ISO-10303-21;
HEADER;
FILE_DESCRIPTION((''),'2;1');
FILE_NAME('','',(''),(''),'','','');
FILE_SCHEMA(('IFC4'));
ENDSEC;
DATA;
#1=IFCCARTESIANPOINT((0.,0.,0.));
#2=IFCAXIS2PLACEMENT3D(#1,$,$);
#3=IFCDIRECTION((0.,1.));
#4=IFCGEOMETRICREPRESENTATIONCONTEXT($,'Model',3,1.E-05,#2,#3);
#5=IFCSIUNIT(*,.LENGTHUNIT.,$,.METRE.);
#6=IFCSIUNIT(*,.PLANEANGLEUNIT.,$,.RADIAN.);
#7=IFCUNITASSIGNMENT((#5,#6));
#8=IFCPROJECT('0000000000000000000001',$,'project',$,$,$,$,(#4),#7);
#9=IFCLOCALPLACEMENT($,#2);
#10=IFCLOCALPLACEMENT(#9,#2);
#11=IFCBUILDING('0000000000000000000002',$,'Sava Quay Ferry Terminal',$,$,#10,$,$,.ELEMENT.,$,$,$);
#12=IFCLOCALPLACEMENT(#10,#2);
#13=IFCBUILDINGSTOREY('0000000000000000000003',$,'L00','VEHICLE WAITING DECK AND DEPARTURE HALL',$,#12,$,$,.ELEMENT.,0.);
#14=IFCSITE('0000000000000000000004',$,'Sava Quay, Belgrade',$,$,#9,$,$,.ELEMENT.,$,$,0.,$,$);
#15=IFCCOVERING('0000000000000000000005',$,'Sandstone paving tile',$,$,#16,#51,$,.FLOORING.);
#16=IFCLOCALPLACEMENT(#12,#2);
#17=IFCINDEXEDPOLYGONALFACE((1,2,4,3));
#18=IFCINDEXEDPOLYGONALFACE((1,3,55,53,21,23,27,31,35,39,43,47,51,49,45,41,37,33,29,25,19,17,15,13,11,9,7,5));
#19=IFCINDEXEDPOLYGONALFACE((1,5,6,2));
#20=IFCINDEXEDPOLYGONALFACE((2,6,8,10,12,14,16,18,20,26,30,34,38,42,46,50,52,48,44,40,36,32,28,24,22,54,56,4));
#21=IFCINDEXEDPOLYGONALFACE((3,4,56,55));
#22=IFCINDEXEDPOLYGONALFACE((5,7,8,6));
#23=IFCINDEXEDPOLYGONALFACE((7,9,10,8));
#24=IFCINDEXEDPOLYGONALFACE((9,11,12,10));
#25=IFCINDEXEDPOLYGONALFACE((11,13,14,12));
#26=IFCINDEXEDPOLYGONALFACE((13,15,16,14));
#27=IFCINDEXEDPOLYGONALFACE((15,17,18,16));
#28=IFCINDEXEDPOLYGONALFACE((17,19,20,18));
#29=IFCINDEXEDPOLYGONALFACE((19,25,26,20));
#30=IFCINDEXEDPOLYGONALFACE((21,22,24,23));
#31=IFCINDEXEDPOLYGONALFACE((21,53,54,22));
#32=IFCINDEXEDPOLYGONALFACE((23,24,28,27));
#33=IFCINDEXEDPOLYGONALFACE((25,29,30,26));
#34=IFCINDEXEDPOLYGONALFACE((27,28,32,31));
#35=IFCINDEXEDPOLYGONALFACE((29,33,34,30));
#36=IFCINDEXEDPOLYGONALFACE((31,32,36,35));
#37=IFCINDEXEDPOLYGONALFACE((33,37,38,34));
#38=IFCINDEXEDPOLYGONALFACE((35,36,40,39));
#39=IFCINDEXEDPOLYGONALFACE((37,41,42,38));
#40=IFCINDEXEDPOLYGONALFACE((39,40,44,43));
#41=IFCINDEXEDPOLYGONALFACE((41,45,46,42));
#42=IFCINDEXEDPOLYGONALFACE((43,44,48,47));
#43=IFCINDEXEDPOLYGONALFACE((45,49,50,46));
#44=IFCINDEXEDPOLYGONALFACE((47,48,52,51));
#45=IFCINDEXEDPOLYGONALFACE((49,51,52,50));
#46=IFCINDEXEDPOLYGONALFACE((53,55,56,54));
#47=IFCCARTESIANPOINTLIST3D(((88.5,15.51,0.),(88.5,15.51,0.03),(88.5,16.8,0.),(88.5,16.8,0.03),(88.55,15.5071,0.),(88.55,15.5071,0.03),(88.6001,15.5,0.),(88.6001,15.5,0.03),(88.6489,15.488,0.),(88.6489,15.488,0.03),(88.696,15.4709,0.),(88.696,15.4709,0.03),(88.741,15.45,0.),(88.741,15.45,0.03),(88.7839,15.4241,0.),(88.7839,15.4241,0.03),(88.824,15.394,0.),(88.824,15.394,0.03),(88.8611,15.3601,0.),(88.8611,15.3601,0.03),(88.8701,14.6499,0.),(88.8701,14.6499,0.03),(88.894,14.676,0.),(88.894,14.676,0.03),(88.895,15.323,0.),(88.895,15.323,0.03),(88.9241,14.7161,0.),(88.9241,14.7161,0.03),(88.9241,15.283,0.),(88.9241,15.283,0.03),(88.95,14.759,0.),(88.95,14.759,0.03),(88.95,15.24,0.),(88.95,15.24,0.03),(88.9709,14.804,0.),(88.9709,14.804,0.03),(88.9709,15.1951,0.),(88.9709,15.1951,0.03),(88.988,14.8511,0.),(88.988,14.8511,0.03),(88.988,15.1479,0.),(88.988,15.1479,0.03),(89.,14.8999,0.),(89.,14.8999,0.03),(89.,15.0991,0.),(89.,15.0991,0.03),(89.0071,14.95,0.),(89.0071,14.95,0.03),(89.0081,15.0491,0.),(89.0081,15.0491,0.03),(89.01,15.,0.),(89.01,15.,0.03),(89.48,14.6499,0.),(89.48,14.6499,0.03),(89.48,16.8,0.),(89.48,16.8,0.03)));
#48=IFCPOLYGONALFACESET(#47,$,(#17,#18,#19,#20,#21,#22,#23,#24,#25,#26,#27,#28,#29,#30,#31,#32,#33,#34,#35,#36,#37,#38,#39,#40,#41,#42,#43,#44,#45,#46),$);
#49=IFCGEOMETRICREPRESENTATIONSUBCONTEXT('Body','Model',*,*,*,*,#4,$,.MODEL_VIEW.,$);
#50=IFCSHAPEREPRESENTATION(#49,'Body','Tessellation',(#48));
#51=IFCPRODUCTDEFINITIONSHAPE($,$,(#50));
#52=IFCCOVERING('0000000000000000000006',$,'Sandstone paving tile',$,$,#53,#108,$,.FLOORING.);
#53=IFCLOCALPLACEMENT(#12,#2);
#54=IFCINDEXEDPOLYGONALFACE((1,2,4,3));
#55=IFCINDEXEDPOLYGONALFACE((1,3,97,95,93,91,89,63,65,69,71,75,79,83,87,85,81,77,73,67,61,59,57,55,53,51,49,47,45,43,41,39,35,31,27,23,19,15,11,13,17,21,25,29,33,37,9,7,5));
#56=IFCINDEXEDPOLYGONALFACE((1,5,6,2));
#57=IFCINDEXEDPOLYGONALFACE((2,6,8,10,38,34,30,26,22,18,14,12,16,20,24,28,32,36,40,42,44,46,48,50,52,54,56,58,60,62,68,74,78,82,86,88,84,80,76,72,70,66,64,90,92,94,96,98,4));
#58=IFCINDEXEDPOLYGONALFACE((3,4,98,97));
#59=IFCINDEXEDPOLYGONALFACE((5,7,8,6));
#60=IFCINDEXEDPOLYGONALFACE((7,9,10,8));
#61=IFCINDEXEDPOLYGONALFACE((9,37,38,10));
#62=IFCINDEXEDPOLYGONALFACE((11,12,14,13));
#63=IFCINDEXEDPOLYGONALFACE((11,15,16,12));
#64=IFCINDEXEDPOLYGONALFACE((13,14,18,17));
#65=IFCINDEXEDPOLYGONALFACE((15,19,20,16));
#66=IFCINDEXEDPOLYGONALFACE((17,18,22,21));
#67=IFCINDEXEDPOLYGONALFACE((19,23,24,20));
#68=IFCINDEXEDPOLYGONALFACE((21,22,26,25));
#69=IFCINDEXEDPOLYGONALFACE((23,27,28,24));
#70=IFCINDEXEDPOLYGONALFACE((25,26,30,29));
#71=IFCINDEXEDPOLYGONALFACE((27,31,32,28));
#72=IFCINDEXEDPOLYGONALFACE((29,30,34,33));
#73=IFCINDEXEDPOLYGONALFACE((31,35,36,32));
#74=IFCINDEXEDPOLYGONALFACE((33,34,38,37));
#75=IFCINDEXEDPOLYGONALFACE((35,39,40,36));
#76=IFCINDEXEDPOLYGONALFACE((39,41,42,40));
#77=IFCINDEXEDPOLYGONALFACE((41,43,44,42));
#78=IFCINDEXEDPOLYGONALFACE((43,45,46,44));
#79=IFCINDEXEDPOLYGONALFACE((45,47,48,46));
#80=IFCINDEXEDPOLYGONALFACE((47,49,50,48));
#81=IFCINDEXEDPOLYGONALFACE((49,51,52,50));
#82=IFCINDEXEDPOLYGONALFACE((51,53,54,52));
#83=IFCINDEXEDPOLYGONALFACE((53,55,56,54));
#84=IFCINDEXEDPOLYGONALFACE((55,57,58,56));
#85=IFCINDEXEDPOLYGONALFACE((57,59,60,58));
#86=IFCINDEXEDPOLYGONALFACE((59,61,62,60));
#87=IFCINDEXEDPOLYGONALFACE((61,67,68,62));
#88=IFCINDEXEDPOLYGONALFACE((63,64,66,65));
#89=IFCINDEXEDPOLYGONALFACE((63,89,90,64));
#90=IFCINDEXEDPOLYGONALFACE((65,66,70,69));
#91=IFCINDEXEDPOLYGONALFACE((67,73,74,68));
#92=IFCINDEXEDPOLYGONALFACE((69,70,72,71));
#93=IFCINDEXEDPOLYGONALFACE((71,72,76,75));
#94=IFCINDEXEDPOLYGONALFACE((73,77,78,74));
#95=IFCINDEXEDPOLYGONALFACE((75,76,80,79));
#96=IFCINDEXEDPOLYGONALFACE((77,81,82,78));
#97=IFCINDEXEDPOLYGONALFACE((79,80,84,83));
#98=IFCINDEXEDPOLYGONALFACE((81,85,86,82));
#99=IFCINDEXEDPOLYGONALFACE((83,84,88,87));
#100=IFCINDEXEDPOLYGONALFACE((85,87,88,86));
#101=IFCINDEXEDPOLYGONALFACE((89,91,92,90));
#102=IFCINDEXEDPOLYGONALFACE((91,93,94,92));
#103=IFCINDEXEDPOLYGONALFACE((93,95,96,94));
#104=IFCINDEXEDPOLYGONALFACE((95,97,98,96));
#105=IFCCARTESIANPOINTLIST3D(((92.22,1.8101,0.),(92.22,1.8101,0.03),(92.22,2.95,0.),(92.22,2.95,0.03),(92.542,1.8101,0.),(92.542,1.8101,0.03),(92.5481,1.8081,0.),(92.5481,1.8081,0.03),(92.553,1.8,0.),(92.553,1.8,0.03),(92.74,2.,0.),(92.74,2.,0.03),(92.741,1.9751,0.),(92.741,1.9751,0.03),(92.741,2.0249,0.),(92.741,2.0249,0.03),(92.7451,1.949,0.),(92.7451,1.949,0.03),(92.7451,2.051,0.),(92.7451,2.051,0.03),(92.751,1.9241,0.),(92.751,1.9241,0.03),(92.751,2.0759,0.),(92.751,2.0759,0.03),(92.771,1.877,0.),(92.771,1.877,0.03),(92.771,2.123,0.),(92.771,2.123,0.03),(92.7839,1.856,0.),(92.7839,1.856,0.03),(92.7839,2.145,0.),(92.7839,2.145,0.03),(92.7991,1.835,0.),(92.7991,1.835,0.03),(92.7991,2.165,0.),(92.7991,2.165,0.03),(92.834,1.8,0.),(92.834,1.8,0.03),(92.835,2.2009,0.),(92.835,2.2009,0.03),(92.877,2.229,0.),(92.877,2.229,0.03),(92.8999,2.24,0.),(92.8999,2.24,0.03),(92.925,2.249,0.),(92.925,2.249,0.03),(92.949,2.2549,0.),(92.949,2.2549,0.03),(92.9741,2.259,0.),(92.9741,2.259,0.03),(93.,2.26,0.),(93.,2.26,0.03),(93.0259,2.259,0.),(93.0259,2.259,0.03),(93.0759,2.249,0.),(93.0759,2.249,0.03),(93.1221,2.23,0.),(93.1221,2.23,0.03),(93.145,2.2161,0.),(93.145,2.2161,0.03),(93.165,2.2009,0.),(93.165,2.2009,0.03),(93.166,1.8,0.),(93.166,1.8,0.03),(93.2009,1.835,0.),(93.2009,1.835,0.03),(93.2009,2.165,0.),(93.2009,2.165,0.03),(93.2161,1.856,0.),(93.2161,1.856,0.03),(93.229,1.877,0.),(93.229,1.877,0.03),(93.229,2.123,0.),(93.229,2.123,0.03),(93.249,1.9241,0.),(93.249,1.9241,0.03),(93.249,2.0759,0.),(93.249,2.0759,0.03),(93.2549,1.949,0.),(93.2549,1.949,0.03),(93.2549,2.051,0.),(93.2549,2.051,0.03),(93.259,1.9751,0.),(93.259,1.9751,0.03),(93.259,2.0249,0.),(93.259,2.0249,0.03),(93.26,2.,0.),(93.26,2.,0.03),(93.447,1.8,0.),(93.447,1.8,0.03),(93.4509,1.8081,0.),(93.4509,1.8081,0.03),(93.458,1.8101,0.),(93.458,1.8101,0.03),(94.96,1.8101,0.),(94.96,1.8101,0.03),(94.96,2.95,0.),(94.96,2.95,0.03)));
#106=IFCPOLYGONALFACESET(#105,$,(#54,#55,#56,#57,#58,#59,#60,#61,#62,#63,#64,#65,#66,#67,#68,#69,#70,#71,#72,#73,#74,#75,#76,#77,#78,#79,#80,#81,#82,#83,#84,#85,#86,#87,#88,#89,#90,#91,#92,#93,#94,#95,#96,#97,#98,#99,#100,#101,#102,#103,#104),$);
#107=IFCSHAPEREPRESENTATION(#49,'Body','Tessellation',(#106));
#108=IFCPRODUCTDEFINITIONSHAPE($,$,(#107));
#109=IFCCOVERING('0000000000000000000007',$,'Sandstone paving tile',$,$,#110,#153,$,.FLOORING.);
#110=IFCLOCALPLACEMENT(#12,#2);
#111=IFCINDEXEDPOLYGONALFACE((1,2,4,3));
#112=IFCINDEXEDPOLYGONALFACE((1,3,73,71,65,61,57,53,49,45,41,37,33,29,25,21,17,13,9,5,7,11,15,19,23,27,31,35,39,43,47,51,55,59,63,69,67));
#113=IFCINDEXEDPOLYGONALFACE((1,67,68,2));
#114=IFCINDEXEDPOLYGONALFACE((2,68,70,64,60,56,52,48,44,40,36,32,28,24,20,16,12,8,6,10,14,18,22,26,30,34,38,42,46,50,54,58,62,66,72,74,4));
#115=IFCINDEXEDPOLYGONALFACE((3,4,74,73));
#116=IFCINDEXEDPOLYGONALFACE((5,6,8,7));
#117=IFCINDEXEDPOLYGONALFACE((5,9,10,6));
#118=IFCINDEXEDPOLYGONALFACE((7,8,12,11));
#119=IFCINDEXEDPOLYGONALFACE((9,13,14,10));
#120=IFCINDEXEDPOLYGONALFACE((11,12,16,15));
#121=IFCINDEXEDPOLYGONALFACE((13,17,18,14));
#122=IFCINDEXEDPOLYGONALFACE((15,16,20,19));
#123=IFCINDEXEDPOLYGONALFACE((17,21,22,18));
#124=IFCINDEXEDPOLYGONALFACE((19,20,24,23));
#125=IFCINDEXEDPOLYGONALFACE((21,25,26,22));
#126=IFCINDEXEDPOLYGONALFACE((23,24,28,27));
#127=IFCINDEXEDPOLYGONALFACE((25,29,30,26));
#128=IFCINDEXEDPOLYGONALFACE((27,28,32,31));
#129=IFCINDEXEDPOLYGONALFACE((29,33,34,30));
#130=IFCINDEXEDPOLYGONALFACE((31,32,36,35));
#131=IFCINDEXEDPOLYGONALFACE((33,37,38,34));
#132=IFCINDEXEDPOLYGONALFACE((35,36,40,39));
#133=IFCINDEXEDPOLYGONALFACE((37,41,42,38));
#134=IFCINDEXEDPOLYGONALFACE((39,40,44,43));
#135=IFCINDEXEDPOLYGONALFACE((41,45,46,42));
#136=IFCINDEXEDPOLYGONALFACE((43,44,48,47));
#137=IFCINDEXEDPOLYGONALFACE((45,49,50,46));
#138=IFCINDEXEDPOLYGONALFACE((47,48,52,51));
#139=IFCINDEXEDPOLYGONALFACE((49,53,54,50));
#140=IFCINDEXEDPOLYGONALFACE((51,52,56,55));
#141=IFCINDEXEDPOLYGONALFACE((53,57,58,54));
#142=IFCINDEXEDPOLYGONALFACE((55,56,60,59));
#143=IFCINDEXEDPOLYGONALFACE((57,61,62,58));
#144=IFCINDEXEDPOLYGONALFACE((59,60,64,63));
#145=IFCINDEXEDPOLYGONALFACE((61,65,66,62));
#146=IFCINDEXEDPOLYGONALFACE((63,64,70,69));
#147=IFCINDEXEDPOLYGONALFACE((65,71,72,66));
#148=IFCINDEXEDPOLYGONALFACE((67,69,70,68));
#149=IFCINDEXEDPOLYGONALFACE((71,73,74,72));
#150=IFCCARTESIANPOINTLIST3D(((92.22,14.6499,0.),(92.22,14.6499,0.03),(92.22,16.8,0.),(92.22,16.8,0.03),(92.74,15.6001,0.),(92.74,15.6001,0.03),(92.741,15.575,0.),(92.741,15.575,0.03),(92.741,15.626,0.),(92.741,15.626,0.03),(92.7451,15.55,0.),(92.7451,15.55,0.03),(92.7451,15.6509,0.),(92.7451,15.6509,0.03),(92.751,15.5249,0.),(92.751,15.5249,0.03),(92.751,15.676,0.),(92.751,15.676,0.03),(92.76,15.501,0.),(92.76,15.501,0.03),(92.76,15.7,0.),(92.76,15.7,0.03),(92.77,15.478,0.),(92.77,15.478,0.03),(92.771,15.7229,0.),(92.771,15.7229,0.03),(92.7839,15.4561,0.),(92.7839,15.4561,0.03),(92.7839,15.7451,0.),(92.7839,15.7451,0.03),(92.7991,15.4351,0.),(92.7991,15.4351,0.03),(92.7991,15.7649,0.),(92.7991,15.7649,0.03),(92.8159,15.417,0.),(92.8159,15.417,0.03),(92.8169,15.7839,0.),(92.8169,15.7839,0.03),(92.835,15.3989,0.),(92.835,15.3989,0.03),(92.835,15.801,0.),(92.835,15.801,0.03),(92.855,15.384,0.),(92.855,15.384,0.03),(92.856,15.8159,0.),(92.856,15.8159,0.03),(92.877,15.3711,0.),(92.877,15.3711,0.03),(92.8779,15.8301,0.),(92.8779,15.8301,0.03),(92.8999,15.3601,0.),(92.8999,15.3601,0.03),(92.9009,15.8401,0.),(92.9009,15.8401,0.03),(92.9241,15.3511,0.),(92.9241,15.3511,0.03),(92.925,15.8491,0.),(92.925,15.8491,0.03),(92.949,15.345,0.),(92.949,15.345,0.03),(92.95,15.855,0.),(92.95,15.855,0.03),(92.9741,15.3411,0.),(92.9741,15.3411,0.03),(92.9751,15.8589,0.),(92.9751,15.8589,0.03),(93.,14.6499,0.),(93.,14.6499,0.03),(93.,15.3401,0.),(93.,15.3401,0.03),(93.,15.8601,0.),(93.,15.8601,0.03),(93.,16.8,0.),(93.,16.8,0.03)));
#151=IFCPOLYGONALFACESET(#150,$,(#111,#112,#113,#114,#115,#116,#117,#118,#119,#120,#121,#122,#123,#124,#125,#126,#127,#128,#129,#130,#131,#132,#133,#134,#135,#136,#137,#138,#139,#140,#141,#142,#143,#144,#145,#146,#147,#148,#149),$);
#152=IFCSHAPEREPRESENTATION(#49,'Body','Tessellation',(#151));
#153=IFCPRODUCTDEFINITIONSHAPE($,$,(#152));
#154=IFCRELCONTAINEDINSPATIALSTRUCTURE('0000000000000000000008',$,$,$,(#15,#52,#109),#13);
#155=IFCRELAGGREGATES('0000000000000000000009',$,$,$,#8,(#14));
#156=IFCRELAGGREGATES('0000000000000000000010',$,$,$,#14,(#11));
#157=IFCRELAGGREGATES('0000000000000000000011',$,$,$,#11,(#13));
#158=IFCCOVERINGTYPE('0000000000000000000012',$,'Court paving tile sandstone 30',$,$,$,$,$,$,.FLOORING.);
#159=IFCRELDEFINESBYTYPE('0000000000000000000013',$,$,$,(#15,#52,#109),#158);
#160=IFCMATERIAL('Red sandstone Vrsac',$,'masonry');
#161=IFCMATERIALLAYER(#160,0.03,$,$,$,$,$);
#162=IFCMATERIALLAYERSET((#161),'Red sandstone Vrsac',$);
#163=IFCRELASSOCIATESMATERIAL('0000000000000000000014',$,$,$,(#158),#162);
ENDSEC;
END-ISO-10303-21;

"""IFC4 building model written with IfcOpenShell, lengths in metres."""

from ifc_helpers import new_model, si_unit, direction, origin, place, context, subcontext, project, spatial, polyline, outline, extrude, material, layer, layer_set, type_object, element, save


model = new_model("IFC4")

# Units and contexts
model_context = context("Model", 3, precision=1e-05, world=origin(), true_north=direction((0.0, 1.0)))
body_context = subcontext(model_context, "Body", "Model", "MODEL_VIEW")
ifc_project = project(units=[si_unit("LENGTHUNIT", "METRE"), si_unit("PLANEANGLEUNIT", "RADIAN")], contexts=[model_context])

# Site, building, storey
site_placement = place(None, origin())
site = spatial("IfcSite", under=ifc_project, at=site_placement, Name="Sava Quay, Belgrade", CompositionType="ELEMENT", RefElevation=0.0)
building_placement = place(site_placement, origin())
building = spatial("IfcBuilding", under=site, at=building_placement, Name="Sava Quay Ferry Terminal", CompositionType="ELEMENT")
storey_placement = place(building_placement, origin())
storey = spatial("IfcBuildingStorey", under=building, at=storey_placement, Name="L00", Description="VEHICLE WAITING DECK AND DEPARTURE HALL", CompositionType="ELEMENT", Elevation=0.0)

# Coverings
ifc_material_1 = material(Name="Red sandstone Vrsac", Category="masonry")
ifc_layer_1 = layer(ifc_material_1, 0.03)
ifc_layer_set_1 = layer_set([ifc_layer_1], Name="Red sandstone Vrsac")
covering_type_1 = type_object("IfcCoveringType", Name="Court paving tile sandstone 30", PredefinedType="FLOORING", material=ifc_layer_set_1)
covering_1_placement = place(storey_placement, origin())
element("IfcCovering", 1, at=covering_1_placement, inside=storey, type_object=covering_type_1, Name="Sandstone paving tile", PredefinedType="FLOORING", context=body_context, shape_type="SweptSolid", body=[
    extrude(outline(polyline([(89.48, 14.6499), (89.48, 16.8), (88.5, 16.8), (88.5, 15.51), (88.55, 15.5071), (88.6001, 15.5), (88.6489, 15.488), (88.696, 15.4709), (88.741, 15.45), (88.7839, 15.4241), (88.824, 15.394), (88.8611, 15.3601), (88.895, 15.323), (88.9241, 15.283), (88.95, 15.24), (88.9709, 15.1951), (88.988, 15.1479), (89.0, 15.0991), (89.0081, 15.0491), (89.01, 15.0), (89.0071, 14.95), (89.0, 14.8999), (88.988, 14.8511), (88.9709, 14.804), (88.95, 14.759), (88.9241, 14.7161), (88.894, 14.676), (88.8701, 14.6499), (89.48, 14.6499)])), origin(), (0.0, 0.0, 1.0), 0.03),
])
covering_2_placement = place(storey_placement, origin())
element("IfcCovering", 2, at=covering_2_placement, inside=storey, type_object=covering_type_1, Name="Sandstone paving tile", PredefinedType="FLOORING", context=body_context, shape_type="SweptSolid", body=[
    extrude(outline(polyline([(93.458, 1.8101), (94.96, 1.8101), (94.96, 2.95), (92.22, 2.95), (92.22, 1.8101), (92.542, 1.8101), (92.5481, 1.8081), (92.553, 1.8), (92.834, 1.8), (92.7991, 1.835), (92.7839, 1.856), (92.771, 1.877), (92.751, 1.9241), (92.7451, 1.949), (92.741, 1.9751), (92.74, 2.0), (92.741, 2.0249), (92.7451, 2.051), (92.751, 2.0759), (92.771, 2.123), (92.7839, 2.145), (92.7991, 2.165), (92.835, 2.2009), (92.877, 2.229), (92.8999, 2.24), (92.925, 2.249), (92.949, 2.2549), (92.9741, 2.259), (93.0, 2.26), (93.0259, 2.259), (93.0759, 2.249), (93.1221, 2.23), (93.145, 2.2161), (93.165, 2.2009), (93.2009, 2.165), (93.229, 2.123), (93.249, 2.0759), (93.2549, 2.051), (93.259, 2.0249), (93.26, 2.0), (93.259, 1.9751), (93.2549, 1.949), (93.249, 1.9241), (93.229, 1.877), (93.2161, 1.856), (93.2009, 1.835), (93.166, 1.8), (93.447, 1.8), (93.4509, 1.8081), (93.458, 1.8101)])), origin(), (0.0, 0.0, 1.0), 0.03),
])
covering_3_placement = place(storey_placement, origin())
element("IfcCovering", 3, at=covering_3_placement, inside=storey, type_object=covering_type_1, Name="Sandstone paving tile", PredefinedType="FLOORING", context=body_context, shape_type="SweptSolid", body=[
    extrude(outline(polyline([(93.0, 15.8601), (93.0, 16.8), (92.22, 16.8), (92.22, 14.6499), (93.0, 14.6499), (93.0, 15.3401), (92.9741, 15.3411), (92.949, 15.345), (92.9241, 15.3511), (92.8999, 15.3601), (92.877, 15.3711), (92.855, 15.384), (92.835, 15.3989), (92.8159, 15.417), (92.7991, 15.4351), (92.7839, 15.4561), (92.77, 15.478), (92.76, 15.501), (92.751, 15.5249), (92.7451, 15.55), (92.741, 15.575), (92.74, 15.6001), (92.741, 15.626), (92.7451, 15.6509), (92.751, 15.676), (92.76, 15.7), (92.771, 15.7229), (92.7839, 15.7451), (92.7991, 15.7649), (92.8169, 15.7839), (92.835, 15.801), (92.856, 15.8159), (92.8779, 15.8301), (92.9009, 15.8401), (92.925, 15.8491), (92.95, 15.855), (92.9751, 15.8589), (93.0, 15.8601)])), origin(), (0.0, 0.0, 1.0), 0.03),
])

save(model, "model.ifc")
